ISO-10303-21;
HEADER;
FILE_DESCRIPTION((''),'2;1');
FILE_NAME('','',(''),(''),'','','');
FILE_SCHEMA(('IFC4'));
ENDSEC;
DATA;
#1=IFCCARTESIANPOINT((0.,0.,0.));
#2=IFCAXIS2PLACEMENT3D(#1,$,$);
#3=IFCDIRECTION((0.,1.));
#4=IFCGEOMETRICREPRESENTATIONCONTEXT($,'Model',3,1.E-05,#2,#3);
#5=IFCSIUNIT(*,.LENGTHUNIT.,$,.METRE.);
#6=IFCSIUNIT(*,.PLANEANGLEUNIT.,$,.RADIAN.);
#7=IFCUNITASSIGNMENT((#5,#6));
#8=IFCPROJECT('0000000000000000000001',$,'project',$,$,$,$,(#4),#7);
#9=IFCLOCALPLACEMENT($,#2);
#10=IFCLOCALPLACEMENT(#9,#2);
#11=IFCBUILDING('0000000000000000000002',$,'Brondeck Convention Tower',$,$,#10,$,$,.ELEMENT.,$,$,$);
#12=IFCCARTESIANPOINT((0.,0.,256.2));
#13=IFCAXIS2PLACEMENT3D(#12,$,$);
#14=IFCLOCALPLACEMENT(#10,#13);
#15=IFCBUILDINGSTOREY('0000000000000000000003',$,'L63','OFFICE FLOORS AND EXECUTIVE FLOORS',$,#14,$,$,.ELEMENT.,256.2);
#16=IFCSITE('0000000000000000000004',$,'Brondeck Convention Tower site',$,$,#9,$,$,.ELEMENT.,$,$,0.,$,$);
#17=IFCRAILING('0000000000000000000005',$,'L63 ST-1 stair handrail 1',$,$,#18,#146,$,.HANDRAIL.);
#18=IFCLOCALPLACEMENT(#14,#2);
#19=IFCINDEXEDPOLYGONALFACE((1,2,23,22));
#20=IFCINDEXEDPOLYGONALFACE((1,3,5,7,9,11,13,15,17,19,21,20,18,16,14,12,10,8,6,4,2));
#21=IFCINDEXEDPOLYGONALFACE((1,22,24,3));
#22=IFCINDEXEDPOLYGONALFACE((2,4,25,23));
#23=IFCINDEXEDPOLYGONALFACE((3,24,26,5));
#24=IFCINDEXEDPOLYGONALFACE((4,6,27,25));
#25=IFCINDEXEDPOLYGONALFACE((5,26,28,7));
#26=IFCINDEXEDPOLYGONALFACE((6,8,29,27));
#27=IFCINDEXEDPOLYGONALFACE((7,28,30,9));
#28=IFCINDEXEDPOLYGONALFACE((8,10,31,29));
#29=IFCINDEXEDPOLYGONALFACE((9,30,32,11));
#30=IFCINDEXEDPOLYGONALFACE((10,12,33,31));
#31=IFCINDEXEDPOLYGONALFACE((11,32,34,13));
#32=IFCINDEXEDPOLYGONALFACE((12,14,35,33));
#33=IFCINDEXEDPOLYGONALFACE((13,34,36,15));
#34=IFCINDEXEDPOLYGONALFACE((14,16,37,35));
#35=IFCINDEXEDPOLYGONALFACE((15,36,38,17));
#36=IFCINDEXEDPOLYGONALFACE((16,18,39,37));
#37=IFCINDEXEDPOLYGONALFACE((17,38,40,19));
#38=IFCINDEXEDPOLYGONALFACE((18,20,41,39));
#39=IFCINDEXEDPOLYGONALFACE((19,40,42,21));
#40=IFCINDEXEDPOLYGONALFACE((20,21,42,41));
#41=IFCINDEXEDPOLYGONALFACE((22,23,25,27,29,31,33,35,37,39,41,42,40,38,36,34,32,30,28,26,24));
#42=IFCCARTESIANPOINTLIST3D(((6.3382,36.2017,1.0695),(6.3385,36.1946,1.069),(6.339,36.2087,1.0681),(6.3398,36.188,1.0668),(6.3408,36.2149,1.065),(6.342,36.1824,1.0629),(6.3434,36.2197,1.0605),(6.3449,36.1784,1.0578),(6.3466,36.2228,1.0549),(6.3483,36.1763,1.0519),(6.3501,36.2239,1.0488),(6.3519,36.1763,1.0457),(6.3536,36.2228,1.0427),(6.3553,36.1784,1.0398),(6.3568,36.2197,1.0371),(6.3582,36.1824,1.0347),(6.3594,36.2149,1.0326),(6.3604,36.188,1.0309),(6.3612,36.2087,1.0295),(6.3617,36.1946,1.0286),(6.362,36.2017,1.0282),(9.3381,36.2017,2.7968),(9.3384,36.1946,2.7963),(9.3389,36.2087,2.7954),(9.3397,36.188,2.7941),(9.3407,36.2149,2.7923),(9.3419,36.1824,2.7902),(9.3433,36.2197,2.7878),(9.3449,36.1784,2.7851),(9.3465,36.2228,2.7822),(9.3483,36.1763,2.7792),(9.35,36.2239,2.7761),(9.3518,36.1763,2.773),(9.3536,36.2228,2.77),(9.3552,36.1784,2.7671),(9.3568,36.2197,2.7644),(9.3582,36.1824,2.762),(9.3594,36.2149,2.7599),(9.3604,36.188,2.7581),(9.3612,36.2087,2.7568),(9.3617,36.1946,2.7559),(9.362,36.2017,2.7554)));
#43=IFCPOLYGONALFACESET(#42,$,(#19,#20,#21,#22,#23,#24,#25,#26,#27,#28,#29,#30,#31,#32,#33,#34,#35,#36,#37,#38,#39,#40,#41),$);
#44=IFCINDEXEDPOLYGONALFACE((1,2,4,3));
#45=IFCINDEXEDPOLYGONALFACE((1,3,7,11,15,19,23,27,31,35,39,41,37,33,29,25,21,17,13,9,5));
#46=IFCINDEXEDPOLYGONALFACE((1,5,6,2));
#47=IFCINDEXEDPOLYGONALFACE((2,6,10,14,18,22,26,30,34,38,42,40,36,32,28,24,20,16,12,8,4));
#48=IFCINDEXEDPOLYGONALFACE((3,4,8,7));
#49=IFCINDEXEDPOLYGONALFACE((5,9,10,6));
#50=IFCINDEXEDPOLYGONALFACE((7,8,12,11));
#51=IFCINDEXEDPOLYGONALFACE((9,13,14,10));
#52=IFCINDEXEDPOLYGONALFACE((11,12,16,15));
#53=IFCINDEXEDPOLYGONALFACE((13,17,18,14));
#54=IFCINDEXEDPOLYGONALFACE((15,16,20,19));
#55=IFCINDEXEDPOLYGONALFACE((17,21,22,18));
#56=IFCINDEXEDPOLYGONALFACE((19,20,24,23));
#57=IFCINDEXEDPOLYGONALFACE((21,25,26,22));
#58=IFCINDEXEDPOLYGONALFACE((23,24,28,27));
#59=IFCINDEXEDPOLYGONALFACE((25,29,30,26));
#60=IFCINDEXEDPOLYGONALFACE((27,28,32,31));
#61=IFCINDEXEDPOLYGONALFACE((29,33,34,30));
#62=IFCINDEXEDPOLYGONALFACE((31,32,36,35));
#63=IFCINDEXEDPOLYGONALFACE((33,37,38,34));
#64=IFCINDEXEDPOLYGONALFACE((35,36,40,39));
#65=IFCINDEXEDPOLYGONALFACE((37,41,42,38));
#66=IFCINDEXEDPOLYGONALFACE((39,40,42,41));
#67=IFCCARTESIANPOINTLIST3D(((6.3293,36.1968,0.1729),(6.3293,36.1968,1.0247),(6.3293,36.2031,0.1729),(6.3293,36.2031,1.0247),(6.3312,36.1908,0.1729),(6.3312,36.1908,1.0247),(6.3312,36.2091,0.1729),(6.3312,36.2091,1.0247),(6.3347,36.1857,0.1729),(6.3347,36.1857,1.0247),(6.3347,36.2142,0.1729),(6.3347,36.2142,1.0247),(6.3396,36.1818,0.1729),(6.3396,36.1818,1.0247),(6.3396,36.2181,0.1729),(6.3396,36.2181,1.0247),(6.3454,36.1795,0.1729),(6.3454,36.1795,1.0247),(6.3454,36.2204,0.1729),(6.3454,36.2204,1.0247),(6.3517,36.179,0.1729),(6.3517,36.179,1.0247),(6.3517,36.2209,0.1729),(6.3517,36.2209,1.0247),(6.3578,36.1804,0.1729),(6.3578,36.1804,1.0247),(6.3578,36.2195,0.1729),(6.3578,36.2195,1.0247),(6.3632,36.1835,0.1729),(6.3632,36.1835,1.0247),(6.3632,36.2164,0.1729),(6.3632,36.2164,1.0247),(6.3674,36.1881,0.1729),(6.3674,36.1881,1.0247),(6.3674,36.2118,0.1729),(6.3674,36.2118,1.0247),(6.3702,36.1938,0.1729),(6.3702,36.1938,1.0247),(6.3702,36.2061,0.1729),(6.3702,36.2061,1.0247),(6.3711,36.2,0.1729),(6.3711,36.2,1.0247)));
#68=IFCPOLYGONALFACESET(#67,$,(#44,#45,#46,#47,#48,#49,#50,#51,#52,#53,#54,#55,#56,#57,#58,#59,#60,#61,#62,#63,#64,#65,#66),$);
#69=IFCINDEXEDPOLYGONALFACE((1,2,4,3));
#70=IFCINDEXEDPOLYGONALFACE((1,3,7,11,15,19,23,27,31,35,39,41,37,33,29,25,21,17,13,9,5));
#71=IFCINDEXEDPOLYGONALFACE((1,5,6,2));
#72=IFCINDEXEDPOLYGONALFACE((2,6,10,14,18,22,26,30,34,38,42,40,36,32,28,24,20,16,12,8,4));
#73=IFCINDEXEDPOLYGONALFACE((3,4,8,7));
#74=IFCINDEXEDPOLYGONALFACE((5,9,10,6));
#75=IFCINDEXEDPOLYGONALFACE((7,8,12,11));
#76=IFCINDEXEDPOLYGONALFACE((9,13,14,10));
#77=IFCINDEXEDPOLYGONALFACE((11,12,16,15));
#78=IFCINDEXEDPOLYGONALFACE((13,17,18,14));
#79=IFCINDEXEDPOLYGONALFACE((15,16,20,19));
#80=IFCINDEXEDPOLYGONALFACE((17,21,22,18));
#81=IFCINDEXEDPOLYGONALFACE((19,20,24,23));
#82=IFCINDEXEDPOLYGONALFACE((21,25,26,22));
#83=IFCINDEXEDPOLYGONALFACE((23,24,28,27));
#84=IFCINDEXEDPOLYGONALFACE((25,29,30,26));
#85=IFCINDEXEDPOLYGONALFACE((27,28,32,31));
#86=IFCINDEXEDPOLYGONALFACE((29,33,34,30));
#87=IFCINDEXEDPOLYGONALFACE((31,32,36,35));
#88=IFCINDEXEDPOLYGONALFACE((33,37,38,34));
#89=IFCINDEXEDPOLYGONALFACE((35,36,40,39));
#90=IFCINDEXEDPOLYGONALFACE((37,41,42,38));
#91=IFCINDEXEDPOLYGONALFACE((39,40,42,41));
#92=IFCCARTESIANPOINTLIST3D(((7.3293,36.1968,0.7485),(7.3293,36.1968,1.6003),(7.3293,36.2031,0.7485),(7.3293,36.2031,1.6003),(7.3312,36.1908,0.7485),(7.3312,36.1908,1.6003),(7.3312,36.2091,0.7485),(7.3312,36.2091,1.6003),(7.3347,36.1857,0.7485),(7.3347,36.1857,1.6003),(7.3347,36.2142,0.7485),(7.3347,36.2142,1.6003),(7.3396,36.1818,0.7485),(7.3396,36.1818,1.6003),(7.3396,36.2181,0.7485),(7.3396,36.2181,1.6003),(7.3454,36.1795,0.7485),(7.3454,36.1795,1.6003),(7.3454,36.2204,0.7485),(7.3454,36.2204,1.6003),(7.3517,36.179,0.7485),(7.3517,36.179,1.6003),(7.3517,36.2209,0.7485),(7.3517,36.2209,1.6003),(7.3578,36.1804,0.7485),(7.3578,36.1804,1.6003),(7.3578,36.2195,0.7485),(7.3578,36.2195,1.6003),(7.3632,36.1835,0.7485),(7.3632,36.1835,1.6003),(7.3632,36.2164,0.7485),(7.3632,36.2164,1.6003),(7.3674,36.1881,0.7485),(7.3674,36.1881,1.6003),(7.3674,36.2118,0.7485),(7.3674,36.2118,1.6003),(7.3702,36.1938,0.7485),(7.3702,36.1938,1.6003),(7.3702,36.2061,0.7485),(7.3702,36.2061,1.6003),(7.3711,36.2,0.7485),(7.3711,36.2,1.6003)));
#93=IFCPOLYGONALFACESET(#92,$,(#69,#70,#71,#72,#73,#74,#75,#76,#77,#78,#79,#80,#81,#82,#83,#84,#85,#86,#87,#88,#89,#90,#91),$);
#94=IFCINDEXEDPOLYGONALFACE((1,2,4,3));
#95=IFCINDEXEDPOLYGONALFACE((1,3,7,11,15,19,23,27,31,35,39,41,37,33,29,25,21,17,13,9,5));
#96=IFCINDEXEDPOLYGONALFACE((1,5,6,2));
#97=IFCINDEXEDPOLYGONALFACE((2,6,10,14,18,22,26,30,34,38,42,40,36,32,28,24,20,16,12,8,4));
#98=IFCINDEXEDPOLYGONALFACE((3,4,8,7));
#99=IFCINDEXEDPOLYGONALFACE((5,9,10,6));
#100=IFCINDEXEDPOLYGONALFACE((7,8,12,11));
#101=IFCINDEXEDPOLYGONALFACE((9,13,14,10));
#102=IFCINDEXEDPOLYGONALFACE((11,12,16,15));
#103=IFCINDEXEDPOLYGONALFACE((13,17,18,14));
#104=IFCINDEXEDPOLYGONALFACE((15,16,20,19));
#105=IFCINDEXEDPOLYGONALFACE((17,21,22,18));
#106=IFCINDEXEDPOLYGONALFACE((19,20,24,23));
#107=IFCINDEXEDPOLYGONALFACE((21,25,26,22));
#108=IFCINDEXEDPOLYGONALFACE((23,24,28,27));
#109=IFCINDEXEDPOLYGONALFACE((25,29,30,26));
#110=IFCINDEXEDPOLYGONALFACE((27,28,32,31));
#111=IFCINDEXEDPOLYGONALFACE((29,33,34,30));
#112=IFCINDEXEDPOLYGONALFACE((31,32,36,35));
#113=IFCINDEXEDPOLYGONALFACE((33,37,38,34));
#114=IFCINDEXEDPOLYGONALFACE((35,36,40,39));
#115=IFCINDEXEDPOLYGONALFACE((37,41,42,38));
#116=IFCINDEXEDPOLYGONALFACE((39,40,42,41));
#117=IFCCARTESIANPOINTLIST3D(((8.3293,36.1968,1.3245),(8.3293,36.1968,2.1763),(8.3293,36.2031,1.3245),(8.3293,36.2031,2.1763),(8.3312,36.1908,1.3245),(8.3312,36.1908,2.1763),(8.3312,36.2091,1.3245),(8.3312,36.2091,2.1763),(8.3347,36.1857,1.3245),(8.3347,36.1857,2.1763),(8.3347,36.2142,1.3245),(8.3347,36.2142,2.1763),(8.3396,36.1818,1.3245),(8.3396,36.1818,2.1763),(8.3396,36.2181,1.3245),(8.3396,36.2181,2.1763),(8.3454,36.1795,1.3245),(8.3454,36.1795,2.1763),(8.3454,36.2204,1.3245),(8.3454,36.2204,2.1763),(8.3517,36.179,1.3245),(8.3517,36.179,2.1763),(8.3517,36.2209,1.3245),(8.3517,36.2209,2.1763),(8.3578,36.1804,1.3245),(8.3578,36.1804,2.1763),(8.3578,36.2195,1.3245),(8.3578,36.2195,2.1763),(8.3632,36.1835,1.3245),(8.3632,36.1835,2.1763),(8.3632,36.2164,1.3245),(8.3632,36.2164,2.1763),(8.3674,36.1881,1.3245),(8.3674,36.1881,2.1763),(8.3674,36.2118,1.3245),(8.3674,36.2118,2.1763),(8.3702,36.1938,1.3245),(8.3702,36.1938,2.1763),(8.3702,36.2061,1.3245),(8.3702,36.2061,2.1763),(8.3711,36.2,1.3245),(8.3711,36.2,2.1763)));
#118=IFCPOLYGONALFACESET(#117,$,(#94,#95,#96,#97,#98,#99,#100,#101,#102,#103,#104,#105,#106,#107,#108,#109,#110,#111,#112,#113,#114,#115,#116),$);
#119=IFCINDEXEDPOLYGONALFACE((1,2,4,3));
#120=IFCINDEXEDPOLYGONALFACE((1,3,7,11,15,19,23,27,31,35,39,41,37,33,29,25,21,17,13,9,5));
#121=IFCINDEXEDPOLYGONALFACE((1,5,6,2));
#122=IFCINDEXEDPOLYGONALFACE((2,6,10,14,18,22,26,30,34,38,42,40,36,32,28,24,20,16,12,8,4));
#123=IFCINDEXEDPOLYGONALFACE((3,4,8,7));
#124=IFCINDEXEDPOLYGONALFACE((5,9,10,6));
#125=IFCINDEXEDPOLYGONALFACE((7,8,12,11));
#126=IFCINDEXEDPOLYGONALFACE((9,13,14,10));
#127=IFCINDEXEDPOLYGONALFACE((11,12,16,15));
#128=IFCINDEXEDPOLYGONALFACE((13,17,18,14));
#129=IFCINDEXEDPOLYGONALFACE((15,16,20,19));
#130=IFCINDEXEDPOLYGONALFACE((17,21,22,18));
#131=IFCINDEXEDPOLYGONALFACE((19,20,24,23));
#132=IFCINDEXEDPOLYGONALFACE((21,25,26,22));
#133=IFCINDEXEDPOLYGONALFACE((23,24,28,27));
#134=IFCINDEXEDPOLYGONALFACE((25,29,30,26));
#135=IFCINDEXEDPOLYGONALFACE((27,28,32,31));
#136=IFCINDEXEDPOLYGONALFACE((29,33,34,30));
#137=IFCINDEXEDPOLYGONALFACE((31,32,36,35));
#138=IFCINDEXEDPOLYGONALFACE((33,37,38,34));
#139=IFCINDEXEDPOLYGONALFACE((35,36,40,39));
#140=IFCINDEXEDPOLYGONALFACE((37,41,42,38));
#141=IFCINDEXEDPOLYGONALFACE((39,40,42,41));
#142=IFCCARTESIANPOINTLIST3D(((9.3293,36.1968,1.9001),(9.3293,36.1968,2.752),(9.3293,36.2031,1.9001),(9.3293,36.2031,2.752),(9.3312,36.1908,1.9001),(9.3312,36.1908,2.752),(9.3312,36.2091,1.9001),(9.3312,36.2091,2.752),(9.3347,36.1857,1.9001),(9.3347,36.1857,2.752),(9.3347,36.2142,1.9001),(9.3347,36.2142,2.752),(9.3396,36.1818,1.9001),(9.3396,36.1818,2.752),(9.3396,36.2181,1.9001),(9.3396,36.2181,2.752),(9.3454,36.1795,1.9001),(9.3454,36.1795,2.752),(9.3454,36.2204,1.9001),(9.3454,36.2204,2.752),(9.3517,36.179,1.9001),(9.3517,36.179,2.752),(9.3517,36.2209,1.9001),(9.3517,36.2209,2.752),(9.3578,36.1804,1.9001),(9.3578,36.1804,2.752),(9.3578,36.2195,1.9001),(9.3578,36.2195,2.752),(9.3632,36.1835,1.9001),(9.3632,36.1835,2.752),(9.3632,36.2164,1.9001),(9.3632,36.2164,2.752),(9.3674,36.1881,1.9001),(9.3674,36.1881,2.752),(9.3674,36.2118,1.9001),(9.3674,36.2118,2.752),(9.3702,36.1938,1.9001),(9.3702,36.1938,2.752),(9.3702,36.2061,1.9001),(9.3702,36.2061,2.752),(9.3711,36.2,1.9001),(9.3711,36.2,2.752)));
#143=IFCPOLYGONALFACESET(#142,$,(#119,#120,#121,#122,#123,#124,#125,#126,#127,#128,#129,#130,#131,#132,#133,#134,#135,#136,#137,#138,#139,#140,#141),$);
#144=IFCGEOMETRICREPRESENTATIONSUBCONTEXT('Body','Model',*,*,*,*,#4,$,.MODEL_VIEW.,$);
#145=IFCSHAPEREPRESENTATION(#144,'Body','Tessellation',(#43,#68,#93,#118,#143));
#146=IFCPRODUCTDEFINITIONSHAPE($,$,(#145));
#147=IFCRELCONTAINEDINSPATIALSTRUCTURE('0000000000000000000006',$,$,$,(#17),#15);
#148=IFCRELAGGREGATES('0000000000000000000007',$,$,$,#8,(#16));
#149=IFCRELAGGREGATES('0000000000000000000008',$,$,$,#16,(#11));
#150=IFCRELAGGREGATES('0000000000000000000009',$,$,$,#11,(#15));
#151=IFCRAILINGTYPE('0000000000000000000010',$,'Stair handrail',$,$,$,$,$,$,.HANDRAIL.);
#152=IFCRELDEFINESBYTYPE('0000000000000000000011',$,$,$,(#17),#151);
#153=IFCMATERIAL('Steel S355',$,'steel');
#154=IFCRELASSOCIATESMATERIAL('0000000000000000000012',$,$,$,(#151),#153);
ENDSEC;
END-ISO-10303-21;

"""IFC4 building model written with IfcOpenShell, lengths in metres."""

from ifc_helpers import new_model, si_unit, direction, frame, origin, origin_2d, place, context, subcontext, project, spatial, circle, extrude, material, type_object, element, save


model = new_model("IFC4")

# Units and contexts
model_context = context("Model", 3, precision=1e-05, world=origin(), true_north=direction((0.0, 1.0)))
body_context = subcontext(model_context, "Body", "Model", "MODEL_VIEW")
ifc_project = project(units=[si_unit("LENGTHUNIT", "METRE"), si_unit("PLANEANGLEUNIT", "RADIAN")], contexts=[model_context])

# Site, building, storey
site_placement = place(None, origin())
site = spatial("IfcSite", under=ifc_project, at=site_placement, Name="Brondeck Convention Tower site", CompositionType="ELEMENT", RefElevation=0.0)
building_placement = place(site_placement, origin())
building = spatial("IfcBuilding", under=site, at=building_placement, Name="Brondeck Convention Tower", CompositionType="ELEMENT")
storey_placement = place(building_placement, frame((0.0, 0.0, 256.2)))
storey = spatial("IfcBuildingStorey", under=building, at=storey_placement, Name="L63", Description="OFFICE FLOORS AND EXECUTIVE FLOORS", CompositionType="ELEMENT", Elevation=256.2)

# Shared definitions
ifc_material_1 = material(Name="Steel S355", Category="steel")

# Railing
railing_type_1 = type_object("IfcRailingType", Name="Stair handrail", PredefinedType="HANDRAIL", material=ifc_material_1)
railing_1_placement = place(storey_placement, frame((6.3501, 36.2, 0.1729)))
element("IfcRailing", 1, at=railing_1_placement, inside=storey, type_object=railing_type_1, Name="L63 ST-1 stair handrail 1", PredefinedType="HANDRAIL", context=body_context, shape_type="SweptSolid", body=[
    extrude(circle(Radius=0.0239, at=origin_2d()), frame((0.0, 0.0, 0.876), z_axis=(0.86662, 0.0, 0.498969), x_axis=(0.0, 1.0, 0.0)), (0.0, 0.0, 1.0), 3.4617),
    extrude(circle(Radius=0.021, at=origin_2d()), origin(), (0.0, 0.0, 1.0), 0.8518),
    extrude(circle(Radius=0.021, at=origin_2d()), frame((1.0, 0.0, 0.5757)), (0.0, 0.0, 1.0), 0.8518),
    extrude(circle(Radius=0.021, at=origin_2d()), frame((2.0, 0.0, 1.1516)), (0.0, 0.0, 1.0), 0.8518),
    extrude(circle(Radius=0.021, at=origin_2d()), frame((3.0, 0.0, 1.7273)), (0.0, 0.0, 1.0), 0.8518),
])

save(model, "model.ifc")
